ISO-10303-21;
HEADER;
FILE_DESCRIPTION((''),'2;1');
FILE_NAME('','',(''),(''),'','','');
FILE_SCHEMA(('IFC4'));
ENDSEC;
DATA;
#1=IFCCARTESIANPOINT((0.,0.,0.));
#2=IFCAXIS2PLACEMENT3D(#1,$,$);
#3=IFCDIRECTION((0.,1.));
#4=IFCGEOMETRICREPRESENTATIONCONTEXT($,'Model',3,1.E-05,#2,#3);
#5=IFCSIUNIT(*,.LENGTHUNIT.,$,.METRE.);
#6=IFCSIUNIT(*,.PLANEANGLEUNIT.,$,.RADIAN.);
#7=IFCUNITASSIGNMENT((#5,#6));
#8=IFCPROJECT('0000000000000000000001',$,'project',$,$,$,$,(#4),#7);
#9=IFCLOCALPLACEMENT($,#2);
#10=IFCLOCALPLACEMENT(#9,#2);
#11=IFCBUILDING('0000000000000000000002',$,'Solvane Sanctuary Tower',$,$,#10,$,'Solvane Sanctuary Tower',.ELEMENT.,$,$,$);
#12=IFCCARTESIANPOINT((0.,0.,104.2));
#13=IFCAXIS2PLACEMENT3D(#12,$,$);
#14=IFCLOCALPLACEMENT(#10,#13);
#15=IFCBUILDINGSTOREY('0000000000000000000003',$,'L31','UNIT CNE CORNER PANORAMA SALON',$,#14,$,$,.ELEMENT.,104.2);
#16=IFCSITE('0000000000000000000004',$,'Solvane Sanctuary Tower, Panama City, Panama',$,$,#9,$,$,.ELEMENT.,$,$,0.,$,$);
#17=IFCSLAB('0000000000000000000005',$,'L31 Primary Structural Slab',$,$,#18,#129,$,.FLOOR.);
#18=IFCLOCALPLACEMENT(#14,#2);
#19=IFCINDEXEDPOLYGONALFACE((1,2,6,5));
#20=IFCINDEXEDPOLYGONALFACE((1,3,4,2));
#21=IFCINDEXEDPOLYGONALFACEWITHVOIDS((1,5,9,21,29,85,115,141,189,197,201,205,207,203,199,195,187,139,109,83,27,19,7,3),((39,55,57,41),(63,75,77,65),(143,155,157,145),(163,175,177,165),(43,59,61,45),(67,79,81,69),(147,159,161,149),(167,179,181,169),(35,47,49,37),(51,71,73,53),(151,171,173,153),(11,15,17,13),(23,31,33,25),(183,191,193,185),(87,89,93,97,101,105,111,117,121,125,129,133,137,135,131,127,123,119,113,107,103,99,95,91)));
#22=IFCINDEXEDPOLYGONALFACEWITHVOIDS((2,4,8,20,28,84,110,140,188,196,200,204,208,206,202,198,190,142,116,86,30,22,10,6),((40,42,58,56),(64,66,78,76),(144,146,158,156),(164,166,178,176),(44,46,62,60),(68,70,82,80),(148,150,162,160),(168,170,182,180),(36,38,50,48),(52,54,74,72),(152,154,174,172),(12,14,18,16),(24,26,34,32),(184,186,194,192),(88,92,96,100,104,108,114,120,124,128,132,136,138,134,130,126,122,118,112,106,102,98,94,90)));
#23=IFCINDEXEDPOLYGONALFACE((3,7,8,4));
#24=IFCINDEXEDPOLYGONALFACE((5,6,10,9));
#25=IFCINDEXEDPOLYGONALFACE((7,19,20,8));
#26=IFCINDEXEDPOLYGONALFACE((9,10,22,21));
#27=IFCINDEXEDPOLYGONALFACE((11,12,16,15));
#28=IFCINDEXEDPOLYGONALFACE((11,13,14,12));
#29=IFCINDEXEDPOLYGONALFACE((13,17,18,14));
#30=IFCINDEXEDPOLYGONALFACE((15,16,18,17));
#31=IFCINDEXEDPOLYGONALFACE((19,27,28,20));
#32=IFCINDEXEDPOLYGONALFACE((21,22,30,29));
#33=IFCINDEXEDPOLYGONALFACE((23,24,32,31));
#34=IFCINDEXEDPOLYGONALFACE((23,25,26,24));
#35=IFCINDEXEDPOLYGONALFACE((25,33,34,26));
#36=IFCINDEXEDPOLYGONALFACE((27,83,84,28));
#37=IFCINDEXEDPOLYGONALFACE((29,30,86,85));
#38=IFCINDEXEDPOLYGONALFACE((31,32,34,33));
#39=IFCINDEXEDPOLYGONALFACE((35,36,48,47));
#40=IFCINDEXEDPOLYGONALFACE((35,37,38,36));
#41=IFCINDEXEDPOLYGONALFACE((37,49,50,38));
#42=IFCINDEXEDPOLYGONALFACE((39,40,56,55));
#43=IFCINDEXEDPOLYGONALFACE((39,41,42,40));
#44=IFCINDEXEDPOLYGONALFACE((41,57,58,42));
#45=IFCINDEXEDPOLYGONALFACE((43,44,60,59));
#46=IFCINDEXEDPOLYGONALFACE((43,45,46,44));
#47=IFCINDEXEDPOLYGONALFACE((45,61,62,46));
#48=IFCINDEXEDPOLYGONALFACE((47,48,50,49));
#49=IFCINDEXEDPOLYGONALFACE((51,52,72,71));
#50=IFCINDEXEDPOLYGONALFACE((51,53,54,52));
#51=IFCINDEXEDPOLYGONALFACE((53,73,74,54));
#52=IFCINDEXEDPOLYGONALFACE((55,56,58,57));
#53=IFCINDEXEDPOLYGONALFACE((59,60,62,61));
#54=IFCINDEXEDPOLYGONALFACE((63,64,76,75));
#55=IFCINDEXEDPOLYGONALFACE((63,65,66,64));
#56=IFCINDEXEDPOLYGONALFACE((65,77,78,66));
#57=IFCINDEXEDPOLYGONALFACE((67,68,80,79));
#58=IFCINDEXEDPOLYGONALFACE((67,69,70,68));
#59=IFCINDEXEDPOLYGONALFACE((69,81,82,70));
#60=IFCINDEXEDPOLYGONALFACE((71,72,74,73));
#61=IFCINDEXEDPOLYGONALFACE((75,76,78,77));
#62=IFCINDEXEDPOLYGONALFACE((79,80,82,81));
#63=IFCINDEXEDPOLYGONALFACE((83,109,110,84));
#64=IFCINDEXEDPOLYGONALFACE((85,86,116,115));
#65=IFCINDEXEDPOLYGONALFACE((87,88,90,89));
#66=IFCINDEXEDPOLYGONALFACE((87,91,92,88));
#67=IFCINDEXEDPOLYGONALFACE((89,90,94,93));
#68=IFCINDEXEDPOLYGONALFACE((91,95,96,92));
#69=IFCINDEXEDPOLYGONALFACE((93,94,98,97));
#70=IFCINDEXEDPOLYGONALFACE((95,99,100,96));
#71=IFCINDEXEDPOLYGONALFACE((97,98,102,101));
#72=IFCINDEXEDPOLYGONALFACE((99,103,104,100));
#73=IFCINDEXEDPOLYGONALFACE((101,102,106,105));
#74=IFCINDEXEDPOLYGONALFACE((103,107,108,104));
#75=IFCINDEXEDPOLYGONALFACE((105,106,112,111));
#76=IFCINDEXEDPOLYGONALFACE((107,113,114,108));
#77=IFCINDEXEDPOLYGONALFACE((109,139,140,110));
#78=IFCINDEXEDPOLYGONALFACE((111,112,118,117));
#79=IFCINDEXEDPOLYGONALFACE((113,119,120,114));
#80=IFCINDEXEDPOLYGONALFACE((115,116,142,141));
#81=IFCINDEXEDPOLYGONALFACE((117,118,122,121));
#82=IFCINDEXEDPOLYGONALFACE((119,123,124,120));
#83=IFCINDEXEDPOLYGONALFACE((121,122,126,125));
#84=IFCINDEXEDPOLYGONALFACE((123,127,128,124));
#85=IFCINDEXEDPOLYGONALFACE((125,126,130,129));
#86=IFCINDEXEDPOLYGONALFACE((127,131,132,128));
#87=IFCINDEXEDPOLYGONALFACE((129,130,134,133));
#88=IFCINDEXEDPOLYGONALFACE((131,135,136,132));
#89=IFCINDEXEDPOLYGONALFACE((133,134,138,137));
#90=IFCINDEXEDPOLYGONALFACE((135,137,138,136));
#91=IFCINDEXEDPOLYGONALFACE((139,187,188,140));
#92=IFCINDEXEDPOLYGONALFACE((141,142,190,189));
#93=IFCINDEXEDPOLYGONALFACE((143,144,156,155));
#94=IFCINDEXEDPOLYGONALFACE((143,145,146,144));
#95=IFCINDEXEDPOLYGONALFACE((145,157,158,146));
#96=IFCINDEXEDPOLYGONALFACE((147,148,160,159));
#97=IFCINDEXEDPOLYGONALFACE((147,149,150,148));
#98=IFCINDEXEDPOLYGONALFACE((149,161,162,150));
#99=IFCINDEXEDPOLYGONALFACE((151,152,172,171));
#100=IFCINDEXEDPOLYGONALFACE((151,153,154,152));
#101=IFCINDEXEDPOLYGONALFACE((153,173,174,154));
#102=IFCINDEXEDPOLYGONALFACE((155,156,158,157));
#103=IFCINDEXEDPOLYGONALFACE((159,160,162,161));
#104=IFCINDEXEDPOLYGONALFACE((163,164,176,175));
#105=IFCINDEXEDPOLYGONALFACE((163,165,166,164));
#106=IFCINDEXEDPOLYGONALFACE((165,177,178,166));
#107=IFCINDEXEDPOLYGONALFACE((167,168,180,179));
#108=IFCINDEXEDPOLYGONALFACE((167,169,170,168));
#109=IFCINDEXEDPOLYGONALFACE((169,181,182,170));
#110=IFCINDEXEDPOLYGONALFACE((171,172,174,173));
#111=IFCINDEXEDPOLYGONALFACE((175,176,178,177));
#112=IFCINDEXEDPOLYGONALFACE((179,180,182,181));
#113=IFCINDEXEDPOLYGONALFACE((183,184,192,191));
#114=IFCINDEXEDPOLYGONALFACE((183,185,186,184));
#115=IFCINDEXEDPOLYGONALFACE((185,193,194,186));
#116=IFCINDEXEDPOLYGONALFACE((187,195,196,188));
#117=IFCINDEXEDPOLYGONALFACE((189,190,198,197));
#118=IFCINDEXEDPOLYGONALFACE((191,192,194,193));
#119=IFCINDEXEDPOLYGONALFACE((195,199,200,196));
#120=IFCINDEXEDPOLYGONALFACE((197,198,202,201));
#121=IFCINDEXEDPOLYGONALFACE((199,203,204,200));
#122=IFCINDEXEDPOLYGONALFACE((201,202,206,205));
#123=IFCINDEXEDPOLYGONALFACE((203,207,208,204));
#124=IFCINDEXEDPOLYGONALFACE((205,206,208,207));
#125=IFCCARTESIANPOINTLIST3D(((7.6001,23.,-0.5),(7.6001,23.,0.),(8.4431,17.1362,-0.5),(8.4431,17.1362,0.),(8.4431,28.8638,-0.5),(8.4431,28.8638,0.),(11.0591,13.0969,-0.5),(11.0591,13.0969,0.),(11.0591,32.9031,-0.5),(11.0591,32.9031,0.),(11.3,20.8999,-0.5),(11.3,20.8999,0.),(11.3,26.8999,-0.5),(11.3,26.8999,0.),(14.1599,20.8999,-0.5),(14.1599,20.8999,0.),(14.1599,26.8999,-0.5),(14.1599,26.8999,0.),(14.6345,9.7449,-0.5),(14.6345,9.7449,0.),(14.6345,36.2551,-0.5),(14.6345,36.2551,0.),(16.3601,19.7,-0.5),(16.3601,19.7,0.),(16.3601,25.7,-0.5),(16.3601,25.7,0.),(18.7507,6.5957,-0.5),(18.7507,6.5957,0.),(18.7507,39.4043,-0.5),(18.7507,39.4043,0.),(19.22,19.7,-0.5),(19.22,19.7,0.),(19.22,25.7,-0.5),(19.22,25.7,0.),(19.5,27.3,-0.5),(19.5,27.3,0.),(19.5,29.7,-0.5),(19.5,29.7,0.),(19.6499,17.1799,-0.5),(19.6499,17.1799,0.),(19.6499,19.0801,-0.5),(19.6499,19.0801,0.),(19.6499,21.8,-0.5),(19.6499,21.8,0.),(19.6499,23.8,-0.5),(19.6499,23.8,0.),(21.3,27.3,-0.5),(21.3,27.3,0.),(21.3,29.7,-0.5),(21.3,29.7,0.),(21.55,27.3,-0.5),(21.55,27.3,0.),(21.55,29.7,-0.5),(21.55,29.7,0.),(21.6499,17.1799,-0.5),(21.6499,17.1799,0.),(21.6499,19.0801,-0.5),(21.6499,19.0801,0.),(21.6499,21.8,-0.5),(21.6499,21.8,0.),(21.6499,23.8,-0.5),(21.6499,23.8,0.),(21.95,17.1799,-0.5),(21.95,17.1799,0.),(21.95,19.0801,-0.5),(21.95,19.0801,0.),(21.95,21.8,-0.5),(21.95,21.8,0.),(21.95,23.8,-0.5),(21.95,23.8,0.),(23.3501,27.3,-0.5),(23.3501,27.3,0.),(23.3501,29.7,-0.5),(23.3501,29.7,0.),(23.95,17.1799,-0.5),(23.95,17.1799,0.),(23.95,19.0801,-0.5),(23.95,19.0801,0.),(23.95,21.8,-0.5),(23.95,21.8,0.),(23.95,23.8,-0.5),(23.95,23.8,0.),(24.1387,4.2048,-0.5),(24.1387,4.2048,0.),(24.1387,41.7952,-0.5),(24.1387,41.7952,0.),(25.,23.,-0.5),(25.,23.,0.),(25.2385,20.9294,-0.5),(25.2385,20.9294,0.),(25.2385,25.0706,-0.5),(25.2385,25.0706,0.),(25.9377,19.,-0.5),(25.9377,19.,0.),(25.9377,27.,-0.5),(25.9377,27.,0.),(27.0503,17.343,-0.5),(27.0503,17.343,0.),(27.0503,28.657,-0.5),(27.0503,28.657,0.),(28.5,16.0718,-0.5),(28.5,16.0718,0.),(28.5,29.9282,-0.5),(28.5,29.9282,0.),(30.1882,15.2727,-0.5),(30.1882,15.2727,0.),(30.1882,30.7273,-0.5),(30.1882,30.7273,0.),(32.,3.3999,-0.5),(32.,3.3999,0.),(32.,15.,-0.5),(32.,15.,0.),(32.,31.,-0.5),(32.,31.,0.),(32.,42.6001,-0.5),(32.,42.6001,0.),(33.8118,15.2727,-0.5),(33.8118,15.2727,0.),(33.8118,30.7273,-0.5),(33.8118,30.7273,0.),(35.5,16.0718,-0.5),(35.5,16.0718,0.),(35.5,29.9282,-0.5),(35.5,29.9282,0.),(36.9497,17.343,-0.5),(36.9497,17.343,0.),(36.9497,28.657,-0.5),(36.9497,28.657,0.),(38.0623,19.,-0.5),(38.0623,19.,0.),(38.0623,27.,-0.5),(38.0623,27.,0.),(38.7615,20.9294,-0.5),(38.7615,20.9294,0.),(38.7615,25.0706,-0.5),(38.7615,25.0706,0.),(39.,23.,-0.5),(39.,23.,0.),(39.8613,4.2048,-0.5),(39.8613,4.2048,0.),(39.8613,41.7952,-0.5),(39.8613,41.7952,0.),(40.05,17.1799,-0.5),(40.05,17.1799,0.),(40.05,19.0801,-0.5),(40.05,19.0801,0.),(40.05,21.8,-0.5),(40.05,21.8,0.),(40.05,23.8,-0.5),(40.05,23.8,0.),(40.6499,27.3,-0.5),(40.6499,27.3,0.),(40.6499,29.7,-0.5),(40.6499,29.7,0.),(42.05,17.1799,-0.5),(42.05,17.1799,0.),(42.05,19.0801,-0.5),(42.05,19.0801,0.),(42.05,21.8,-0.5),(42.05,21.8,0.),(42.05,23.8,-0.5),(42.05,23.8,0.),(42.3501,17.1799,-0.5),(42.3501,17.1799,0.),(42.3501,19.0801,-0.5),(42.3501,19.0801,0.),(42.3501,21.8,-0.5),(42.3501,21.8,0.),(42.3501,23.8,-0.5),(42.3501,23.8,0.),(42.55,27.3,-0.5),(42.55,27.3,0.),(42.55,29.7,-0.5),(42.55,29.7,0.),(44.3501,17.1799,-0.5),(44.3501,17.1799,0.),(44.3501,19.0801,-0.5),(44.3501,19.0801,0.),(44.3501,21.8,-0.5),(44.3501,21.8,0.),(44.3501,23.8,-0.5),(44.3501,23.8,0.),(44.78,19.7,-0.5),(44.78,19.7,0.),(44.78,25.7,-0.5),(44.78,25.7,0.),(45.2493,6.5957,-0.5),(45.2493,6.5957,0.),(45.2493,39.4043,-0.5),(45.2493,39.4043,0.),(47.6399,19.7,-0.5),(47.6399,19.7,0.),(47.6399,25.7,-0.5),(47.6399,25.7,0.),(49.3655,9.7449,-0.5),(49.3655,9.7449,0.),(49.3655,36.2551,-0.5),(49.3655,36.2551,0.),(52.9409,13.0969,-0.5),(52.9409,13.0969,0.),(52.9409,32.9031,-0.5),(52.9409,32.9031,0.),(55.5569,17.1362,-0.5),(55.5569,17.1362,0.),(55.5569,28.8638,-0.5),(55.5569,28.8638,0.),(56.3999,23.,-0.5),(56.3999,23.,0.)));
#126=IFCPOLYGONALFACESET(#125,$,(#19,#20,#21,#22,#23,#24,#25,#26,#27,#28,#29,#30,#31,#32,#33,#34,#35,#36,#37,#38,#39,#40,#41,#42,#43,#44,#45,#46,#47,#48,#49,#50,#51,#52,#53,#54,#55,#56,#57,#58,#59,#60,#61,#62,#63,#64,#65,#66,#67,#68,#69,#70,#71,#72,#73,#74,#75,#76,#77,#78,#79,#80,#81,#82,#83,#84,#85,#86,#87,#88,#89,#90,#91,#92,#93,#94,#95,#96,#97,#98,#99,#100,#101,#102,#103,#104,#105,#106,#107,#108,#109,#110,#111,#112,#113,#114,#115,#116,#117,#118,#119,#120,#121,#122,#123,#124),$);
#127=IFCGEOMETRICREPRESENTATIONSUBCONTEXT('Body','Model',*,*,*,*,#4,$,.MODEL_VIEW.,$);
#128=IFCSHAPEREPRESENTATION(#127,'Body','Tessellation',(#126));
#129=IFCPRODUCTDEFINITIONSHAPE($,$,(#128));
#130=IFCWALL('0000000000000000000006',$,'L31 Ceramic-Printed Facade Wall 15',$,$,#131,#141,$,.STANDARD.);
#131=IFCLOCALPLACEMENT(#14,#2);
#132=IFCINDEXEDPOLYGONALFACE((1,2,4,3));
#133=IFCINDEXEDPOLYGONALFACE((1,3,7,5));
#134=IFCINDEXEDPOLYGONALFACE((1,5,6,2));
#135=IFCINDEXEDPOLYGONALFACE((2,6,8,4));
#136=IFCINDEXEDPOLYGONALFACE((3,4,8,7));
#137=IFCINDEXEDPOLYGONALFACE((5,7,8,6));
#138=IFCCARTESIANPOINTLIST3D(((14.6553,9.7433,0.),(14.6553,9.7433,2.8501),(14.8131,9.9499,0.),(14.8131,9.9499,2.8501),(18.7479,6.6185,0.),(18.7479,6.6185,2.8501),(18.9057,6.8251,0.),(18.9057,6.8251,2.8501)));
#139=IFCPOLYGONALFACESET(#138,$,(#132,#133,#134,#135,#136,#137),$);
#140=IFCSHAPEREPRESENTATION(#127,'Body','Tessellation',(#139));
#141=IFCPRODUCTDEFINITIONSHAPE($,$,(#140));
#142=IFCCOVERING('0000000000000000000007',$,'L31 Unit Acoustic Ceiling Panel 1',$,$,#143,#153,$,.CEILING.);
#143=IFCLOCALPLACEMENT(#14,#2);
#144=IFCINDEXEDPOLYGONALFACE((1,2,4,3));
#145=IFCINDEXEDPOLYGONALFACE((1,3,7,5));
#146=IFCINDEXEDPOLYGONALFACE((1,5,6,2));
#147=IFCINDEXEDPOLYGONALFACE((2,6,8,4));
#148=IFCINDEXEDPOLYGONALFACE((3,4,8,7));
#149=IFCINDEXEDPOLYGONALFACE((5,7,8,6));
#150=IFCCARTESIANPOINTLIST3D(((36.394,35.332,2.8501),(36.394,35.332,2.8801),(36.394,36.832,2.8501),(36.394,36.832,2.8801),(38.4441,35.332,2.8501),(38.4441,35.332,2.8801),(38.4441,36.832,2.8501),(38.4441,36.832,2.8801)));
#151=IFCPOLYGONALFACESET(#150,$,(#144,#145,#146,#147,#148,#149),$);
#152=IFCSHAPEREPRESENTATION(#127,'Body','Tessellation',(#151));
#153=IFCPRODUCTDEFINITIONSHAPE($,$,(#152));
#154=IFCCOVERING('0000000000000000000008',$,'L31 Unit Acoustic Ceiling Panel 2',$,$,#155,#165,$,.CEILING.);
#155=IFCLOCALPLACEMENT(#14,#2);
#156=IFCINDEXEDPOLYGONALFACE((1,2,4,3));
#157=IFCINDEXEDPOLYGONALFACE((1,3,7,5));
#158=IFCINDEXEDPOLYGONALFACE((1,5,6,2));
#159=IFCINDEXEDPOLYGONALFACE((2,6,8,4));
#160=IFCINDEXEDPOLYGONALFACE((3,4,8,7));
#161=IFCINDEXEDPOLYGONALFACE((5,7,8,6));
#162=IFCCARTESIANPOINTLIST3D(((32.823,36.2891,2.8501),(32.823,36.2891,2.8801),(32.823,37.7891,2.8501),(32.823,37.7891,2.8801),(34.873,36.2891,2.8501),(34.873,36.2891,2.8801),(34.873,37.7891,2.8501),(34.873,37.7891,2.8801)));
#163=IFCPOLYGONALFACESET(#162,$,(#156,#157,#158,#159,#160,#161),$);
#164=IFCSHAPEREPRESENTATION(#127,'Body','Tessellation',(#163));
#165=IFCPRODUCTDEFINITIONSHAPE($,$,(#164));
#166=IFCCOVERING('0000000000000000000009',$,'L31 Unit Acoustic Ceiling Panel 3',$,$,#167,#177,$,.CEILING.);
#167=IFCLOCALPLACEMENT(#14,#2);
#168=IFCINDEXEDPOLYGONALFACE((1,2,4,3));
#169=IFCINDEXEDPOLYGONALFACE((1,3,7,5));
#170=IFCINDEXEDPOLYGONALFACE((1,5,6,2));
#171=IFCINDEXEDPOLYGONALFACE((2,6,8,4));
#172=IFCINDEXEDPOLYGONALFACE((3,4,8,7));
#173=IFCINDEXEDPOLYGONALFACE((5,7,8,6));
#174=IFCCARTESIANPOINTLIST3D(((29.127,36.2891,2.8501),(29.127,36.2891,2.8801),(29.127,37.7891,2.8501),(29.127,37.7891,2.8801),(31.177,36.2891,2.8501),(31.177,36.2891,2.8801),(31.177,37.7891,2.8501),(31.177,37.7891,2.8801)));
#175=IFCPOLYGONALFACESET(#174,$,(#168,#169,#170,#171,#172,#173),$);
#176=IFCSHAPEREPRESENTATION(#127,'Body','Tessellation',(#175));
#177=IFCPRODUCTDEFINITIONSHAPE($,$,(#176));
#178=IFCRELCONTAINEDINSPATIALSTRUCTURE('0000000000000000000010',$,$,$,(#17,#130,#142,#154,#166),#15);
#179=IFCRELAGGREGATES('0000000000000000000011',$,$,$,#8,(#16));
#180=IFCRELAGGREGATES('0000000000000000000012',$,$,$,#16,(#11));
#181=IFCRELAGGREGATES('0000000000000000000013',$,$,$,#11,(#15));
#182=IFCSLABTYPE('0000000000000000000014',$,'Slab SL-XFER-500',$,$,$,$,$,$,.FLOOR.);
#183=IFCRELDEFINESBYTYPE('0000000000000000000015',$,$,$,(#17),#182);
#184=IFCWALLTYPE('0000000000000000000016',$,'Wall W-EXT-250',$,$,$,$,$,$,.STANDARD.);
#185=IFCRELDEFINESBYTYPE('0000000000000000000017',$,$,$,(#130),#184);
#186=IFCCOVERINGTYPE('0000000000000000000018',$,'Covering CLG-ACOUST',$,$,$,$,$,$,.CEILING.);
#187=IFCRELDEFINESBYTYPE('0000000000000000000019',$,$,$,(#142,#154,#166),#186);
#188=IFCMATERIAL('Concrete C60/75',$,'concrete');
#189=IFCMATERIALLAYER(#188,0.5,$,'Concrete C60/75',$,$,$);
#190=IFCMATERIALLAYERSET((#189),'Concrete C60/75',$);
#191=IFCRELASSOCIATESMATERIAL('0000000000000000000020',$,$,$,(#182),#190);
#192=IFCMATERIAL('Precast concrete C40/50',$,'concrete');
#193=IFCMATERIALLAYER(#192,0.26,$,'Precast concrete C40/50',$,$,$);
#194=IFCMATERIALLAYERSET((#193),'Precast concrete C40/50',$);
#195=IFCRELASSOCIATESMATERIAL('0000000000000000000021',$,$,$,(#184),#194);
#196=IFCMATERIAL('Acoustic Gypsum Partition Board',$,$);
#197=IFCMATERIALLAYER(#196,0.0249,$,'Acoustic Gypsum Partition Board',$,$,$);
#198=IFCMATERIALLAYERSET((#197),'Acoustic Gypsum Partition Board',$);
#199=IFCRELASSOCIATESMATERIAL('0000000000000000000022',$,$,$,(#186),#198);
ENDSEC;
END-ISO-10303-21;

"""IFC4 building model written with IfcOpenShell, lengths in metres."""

from ifc_helpers import new_model, si_unit, direction, frame, frame_2d, origin, place, context, subcontext, project, spatial, polyline, rectangle, outline, extrude, material, layer, layer_set, type_object, element, save


model = new_model("IFC4")

# Units and contexts
model_context = context("Model", 3, precision=1e-05, world=origin(), true_north=direction((0.0, 1.0)))
body_context = subcontext(model_context, "Body", "Model", "MODEL_VIEW")
ifc_project = project(units=[si_unit("LENGTHUNIT", "METRE"), si_unit("PLANEANGLEUNIT", "RADIAN")], contexts=[model_context])

# Site, building, storey
site_placement = place(None, origin())
site = spatial("IfcSite", under=ifc_project, at=site_placement, Name="Solvane Sanctuary Tower, Panama City, Panama", CompositionType="ELEMENT", RefElevation=0.0)
building_placement = place(site_placement, origin())
building = spatial("IfcBuilding", under=site, at=building_placement, Name="Solvane Sanctuary Tower", LongName="Solvane Sanctuary Tower", CompositionType="ELEMENT")
storey_placement = place(building_placement, frame((0.0, 0.0, 104.2)))
storey = spatial("IfcBuildingStorey", under=building, at=storey_placement, Name="L31", Description="UNIT CNE CORNER PANORAMA SALON", CompositionType="ELEMENT", Elevation=104.2)

# Slab
ifc_material_1 = material(Name="Concrete C60/75", Category="concrete")
ifc_layer_1 = layer(ifc_material_1, 0.5, Name="Concrete C60/75")
ifc_layer_set_1 = layer_set([ifc_layer_1], Name="Concrete C60/75")
slab_type_1 = type_object("IfcSlabType", Name="Slab SL-XFER-500", PredefinedType="FLOOR", material=ifc_layer_set_1)
slab_1_placement = place(storey_placement, frame((0.0, 0.0, -0.5)))
element("IfcSlab", 1, at=slab_1_placement, inside=storey, type_object=slab_type_1, Name="L31 Primary Structural Slab", PredefinedType="FLOOR", context=body_context, shape_type="SweptSolid", body=[
    extrude(outline(polyline([(56.3999, 23.0), (55.5569, 28.8638), (52.9409, 32.9031), (49.3655, 36.2551), (45.2493, 39.4043), (39.8613, 41.7952), (32.0, 42.6001), (24.1387, 41.7952), (18.7507, 39.4043), (14.6345, 36.2551), (11.0591, 32.9031), (8.4431, 28.8638), (7.6001, 23.0), (8.4431, 17.1362), (11.0591, 13.0969), (14.6345, 9.7449), (18.7507, 6.5957), (24.1387, 4.2048), (32.0, 3.3999), (39.8613, 4.2048), (45.2493, 6.5957), (49.3655, 9.7449), (52.9409, 13.0969), (55.5569, 17.1362), (56.3999, 23.0)]), holes=[polyline([(38.7615, 20.9294), (38.0623, 19.0), (36.9497, 17.343), (35.5, 16.0718), (33.8118, 15.2727), (32.0, 15.0), (30.1882, 15.2727), (28.5, 16.0718), (27.0503, 17.343), (25.9377, 19.0), (25.2385, 20.9294), (25.0, 23.0), (25.2385, 25.0706), (25.9377, 27.0), (27.0503, 28.657), (28.5, 29.9282), (30.1882, 30.7273), (32.0, 31.0), (33.8118, 30.7273), (35.5, 29.9282), (36.9497, 28.657), (38.0623, 27.0), (38.7615, 25.0706), (39.0, 23.0), (38.7615, 20.9294)]), polyline([(16.3601, 19.7), (16.3601, 25.7), (19.22, 25.7), (19.22, 19.7), (16.3601, 19.7)]), polyline([(44.78, 19.7), (44.78, 25.7), (47.6399, 25.7), (47.6399, 19.7), (44.78, 19.7)]), polyline([(11.3, 20.8999), (11.3, 26.8999), (14.1599, 26.8999), (14.1599, 20.8999), (11.3, 20.8999)]), polyline([(19.6499, 19.0801), (21.6499, 19.0801), (21.6499, 17.1799), (19.6499, 17.1799), (19.6499, 19.0801)]), polyline([(21.95, 19.0801), (23.95, 19.0801), (23.95, 17.1799), (21.95, 17.1799), (21.95, 19.0801)]), polyline([(40.05, 19.0801), (42.05, 19.0801), (42.05, 17.1799), (40.05, 17.1799), (40.05, 19.0801)]), polyline([(42.3501, 19.0801), (44.3501, 19.0801), (44.3501, 17.1799), (42.3501, 17.1799), (42.3501, 19.0801)]), polyline([(19.6499, 23.8), (21.6499, 23.8), (21.6499, 21.8), (19.6499, 21.8), (19.6499, 23.8)]), polyline([(42.3501, 23.8), (44.3501, 23.8), (44.3501, 21.8), (42.3501, 21.8), (42.3501, 23.8)]), polyline([(21.95, 23.8), (23.95, 23.8), (23.95, 21.8), (21.95, 21.8), (21.95, 23.8)]), polyline([(40.05, 23.8), (42.05, 23.8), (42.05, 21.8), (40.05, 21.8), (40.05, 23.8)]), polyline([(19.5, 29.7), (21.3, 29.7), (21.3, 27.3), (19.5, 27.3), (19.5, 29.7)]), polyline([(21.55, 29.7), (23.3501, 29.7), (23.3501, 27.3), (21.55, 27.3), (21.55, 29.7)]), polyline([(40.6499, 29.7), (42.55, 29.7), (42.55, 27.3), (40.6499, 27.3), (40.6499, 29.7)])]), origin(), (0.0, 0.0, 1.0), 0.5),
])

# Wall
ifc_material_2 = material(Name="Precast concrete C40/50", Category="concrete")
ifc_layer_2 = layer(ifc_material_2, 0.26, Name="Precast concrete C40/50")
ifc_layer_set_2 = layer_set([ifc_layer_2], Name="Precast concrete C40/50")
wall_type = type_object("IfcWallType", Name="Wall W-EXT-250", PredefinedType="STANDARD", material=ifc_layer_set_2)
wall_placement = place(storey_placement, frame((14.7341, 9.8467, 0.0), z_axis=(0.0, 0.0, 1.0), x_axis=(0.79481, -0.606859, 0.0)))
element("IfcWall", 2, at=wall_placement, inside=storey, type_object=wall_type, Name="L31 Ceramic-Printed Facade Wall 15", PredefinedType="STANDARD", context=body_context, shape_type="SweptSolid", body=[
    extrude(rectangle(XDim=5.1492, YDim=0.26, at=frame_2d((2.5747, 0.0))), origin(), (0.0, 0.0, 1.0), 2.8501),
])

# Coverings
ifc_material_3 = material(Name="Acoustic Gypsum Partition Board")
ifc_layer_3 = layer(ifc_material_3, 0.0249, Name="Acoustic Gypsum Partition Board")
ifc_layer_set_3 = layer_set([ifc_layer_3], Name="Acoustic Gypsum Partition Board")
covering_type_1 = type_object("IfcCoveringType", Name="Covering CLG-ACOUST", PredefinedType="CEILING", material=ifc_layer_set_3)
covering_1_placement = place(storey_placement, frame((0.0, 0.0, 2.8501)))
element("IfcCovering", 3, at=covering_1_placement, inside=storey, type_object=covering_type_1, Name="L31 Unit Acoustic Ceiling Panel 1", PredefinedType="CEILING", context=body_context, shape_type="SweptSolid", body=[
    extrude(outline(polyline([(36.394, 35.332), (38.4441, 35.332), (38.4441, 36.832), (36.394, 36.832), (36.394, 35.332)])), origin(), (0.0, 0.0, 1.0), 0.03),
])
covering_2_placement = place(storey_placement, frame((0.0, 0.0, 2.8501)))
element("IfcCovering", 4, at=covering_2_placement, inside=storey, type_object=covering_type_1, Name="L31 Unit Acoustic Ceiling Panel 2", PredefinedType="CEILING", context=body_context, shape_type="SweptSolid", body=[
    extrude(outline(polyline([(32.823, 36.2891), (34.873, 36.2891), (34.873, 37.7891), (32.823, 37.7891), (32.823, 36.2891)])), origin(), (0.0, 0.0, 1.0), 0.03),
])
covering_3_placement = place(storey_placement, frame((0.0, 0.0, 2.8501)))
element("IfcCovering", 5, at=covering_3_placement, inside=storey, type_object=covering_type_1, Name="L31 Unit Acoustic Ceiling Panel 3", PredefinedType="CEILING", context=body_context, shape_type="SweptSolid", body=[
    extrude(outline(polyline([(29.127, 36.2891), (31.177, 36.2891), (31.177, 37.7891), (29.127, 37.7891), (29.127, 36.2891)])), origin(), (0.0, 0.0, 1.0), 0.03),
])

save(model, "model.ifc")
